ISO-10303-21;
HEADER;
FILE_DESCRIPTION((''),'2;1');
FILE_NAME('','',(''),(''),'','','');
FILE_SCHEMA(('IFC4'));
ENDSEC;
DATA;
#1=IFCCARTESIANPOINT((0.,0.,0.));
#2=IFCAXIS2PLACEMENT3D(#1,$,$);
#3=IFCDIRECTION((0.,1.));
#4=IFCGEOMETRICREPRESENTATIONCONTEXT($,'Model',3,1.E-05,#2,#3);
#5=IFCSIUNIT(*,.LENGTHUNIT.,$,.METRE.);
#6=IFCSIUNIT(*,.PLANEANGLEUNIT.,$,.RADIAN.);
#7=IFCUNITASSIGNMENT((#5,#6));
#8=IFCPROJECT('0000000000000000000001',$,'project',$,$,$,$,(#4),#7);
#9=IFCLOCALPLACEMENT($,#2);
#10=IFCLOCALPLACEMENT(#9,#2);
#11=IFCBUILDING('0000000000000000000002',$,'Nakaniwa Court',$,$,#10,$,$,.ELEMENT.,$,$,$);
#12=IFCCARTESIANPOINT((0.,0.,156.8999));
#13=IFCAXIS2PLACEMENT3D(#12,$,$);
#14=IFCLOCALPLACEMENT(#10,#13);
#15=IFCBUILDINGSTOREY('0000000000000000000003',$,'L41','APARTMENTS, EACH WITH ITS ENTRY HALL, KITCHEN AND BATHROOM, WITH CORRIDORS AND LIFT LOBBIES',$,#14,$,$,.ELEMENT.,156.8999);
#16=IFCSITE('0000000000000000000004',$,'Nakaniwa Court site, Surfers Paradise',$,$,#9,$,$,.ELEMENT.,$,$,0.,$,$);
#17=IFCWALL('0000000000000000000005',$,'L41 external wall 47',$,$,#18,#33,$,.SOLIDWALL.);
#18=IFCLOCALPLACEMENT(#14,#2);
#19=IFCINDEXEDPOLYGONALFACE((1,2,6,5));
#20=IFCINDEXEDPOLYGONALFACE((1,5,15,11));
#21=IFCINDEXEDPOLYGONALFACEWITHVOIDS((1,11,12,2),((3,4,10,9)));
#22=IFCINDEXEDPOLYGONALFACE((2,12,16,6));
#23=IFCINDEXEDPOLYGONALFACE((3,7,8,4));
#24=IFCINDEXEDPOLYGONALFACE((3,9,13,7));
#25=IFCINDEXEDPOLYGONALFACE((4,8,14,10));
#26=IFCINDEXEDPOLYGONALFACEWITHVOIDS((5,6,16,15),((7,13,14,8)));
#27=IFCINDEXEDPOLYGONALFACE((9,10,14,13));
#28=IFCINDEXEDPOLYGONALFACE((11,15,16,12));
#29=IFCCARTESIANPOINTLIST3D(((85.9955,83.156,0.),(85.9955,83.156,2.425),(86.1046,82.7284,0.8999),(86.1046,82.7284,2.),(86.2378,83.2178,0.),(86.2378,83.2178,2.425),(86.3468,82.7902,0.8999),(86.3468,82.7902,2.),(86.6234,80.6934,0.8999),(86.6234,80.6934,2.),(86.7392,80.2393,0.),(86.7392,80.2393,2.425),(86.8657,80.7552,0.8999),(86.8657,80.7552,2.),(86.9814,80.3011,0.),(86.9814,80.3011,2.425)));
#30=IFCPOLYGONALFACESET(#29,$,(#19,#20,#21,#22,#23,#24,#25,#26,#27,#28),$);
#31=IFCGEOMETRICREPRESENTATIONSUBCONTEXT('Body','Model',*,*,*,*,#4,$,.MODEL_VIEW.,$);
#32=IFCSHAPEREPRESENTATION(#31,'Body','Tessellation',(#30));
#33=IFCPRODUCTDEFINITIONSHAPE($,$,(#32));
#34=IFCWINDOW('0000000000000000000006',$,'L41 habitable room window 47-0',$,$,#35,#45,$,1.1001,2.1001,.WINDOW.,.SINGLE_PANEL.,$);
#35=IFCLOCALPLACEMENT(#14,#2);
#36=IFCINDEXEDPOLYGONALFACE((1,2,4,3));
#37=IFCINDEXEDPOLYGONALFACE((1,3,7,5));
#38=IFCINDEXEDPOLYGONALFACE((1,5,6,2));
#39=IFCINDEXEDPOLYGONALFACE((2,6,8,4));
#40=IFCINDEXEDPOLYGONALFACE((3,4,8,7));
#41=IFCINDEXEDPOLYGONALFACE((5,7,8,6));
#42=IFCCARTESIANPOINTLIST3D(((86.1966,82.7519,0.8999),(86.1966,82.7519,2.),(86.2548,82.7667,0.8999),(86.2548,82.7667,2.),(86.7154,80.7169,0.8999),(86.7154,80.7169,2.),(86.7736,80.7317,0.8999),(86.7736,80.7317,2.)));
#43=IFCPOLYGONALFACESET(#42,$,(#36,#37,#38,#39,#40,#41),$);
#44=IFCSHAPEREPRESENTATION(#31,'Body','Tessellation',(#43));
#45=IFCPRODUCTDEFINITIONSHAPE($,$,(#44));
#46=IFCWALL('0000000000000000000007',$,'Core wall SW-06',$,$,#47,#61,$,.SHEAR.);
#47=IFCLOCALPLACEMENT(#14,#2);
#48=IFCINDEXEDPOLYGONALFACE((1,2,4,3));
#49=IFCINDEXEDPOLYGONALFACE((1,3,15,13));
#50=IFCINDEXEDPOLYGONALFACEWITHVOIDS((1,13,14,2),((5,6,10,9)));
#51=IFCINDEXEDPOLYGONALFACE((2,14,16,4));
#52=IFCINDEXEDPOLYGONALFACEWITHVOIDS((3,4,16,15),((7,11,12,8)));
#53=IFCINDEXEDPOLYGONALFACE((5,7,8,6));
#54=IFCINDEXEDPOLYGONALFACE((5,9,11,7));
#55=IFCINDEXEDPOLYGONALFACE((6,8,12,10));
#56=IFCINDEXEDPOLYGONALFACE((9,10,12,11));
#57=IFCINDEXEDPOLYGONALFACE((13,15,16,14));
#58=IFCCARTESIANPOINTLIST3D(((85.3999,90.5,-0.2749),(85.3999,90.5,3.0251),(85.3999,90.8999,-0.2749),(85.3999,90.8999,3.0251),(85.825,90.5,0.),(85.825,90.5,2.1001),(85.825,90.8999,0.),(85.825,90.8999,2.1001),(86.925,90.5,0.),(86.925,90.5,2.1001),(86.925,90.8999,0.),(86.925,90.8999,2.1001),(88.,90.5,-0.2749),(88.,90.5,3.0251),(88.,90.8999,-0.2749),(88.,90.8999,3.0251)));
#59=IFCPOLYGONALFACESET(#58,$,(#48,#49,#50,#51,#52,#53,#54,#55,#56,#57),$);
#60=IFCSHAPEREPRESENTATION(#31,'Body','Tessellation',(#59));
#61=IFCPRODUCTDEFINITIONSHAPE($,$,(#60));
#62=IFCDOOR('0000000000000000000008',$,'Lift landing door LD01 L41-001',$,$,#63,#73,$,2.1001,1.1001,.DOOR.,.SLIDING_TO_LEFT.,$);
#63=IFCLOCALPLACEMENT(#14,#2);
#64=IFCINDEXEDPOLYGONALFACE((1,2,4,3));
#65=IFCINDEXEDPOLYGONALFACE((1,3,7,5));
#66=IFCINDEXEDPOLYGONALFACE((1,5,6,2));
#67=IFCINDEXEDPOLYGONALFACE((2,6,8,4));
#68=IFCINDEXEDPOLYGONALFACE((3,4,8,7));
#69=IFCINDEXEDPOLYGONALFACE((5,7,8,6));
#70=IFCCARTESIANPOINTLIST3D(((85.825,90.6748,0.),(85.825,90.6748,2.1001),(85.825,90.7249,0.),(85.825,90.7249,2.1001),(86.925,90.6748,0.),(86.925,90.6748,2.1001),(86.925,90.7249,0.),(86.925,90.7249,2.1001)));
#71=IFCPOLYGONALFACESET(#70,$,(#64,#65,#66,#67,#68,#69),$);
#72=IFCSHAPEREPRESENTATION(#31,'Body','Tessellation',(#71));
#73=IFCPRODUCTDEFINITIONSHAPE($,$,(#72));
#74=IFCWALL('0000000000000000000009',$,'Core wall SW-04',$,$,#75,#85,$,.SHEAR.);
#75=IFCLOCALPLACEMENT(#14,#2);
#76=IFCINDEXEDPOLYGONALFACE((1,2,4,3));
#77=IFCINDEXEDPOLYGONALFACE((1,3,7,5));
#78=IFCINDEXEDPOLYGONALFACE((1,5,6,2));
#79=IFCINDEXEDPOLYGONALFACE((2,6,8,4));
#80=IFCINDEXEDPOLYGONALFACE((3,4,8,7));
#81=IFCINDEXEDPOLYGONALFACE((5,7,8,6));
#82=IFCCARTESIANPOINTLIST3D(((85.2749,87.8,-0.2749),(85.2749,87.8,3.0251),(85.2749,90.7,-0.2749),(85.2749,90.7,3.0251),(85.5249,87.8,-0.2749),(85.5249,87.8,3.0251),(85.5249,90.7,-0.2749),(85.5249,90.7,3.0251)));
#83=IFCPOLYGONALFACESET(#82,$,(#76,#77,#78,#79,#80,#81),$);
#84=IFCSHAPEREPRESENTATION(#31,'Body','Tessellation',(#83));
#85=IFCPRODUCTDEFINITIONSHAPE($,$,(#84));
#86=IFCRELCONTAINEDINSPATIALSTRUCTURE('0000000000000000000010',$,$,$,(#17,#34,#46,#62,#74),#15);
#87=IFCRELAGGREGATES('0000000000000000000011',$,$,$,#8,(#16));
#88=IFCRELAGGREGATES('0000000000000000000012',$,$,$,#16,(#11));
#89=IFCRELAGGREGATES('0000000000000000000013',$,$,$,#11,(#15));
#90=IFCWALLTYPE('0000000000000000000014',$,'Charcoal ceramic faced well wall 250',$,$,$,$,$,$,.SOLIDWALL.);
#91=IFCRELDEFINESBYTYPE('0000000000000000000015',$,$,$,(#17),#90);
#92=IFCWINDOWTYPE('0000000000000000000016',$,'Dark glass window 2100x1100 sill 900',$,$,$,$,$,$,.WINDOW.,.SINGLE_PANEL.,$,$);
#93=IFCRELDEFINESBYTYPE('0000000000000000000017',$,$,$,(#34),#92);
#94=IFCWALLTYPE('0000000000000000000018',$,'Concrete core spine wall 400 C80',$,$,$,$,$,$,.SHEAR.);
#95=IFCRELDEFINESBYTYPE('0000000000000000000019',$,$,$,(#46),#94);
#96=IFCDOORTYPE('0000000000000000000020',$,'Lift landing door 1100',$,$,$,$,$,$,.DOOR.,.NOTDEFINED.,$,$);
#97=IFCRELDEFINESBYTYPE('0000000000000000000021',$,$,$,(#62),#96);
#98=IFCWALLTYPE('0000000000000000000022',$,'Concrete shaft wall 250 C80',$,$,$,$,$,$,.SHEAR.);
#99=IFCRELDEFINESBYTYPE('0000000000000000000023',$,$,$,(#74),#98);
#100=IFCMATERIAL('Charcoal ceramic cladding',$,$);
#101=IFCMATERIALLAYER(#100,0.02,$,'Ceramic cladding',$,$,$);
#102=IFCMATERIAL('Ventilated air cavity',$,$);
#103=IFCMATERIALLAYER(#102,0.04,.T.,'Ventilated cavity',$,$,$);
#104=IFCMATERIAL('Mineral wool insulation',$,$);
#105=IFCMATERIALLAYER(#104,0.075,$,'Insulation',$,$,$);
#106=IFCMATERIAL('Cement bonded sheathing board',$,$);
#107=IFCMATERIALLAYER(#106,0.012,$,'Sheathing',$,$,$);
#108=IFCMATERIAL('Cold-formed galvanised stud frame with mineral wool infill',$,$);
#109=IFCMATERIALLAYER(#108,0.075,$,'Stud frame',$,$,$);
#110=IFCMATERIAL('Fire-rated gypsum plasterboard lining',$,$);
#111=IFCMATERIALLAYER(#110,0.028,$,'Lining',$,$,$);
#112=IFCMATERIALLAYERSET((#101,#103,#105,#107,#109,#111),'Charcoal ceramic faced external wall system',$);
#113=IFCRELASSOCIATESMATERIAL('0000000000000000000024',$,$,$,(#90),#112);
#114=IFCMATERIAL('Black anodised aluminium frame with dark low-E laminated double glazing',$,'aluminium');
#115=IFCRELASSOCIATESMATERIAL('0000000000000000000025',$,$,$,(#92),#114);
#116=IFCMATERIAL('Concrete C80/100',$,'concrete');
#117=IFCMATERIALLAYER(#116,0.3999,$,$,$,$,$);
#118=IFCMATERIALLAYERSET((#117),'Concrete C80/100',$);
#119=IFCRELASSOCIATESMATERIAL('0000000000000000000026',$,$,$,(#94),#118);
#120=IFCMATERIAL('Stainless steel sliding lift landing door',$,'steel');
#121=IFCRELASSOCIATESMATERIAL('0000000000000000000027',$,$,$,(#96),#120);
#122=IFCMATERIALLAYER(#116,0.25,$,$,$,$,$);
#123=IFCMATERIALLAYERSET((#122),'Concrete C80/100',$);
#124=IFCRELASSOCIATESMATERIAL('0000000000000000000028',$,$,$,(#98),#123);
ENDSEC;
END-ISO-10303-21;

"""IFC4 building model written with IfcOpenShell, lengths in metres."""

from ifc_helpers import new_model, si_unit, direction, frame, frame_2d, origin, place, context, subcontext, project, spatial, rectangle, extrude, material, layer, layer_set, type_object, element, fill, save


model = new_model("IFC4")

# Units and contexts
model_context = context("Model", 3, precision=1e-05, world=origin(), true_north=direction((0.0, 1.0)))
body_context = subcontext(model_context, "Body", "Model", "MODEL_VIEW")
ifc_project = project(units=[si_unit("LENGTHUNIT", "METRE"), si_unit("PLANEANGLEUNIT", "RADIAN")], contexts=[model_context])

# Site, building, storey
site_placement = place(None, origin())
site = spatial("IfcSite", under=ifc_project, at=site_placement, Name="Nakaniwa Court site, Surfers Paradise", CompositionType="ELEMENT", RefElevation=0.0)
building_placement = place(site_placement, origin())
building = spatial("IfcBuilding", under=site, at=building_placement, Name="Nakaniwa Court", CompositionType="ELEMENT")
storey_placement = place(building_placement, frame((0.0, 0.0, 156.8999)))
storey = spatial("IfcBuildingStorey", under=building, at=storey_placement, Name="L41", Description="APARTMENTS, EACH WITH ITS ENTRY HALL, KITCHEN AND BATHROOM, WITH CORRIDORS AND LIFT LOBBIES", CompositionType="ELEMENT", Elevation=156.8999)

# Shared definitions
ifc_material_1 = material(Name="Concrete C80/100", Category="concrete")

# Wall, opening, window
ifc_material_2 = material(Name="Charcoal ceramic cladding")
ifc_layer_1 = layer(ifc_material_2, 0.02, Name="Ceramic cladding")
ifc_material_3 = material(Name="Ventilated air cavity")
ifc_layer_2 = layer(ifc_material_3, 0.04, ventilated=True, Name="Ventilated cavity")
ifc_material_4 = material(Name="Mineral wool insulation")
ifc_layer_3 = layer(ifc_material_4, 0.075, Name="Insulation")
ifc_material_5 = material(Name="Cement bonded sheathing board")
ifc_layer_4 = layer(ifc_material_5, 0.012, Name="Sheathing")
ifc_material_6 = material(Name="Cold-formed galvanised stud frame with mineral wool infill")
ifc_layer_5 = layer(ifc_material_6, 0.075, Name="Stud frame")
ifc_material_7 = material(Name="Fire-rated gypsum plasterboard lining")
ifc_layer_6 = layer(ifc_material_7, 0.028, Name="Lining")
ifc_layer_set_1 = layer_set([ifc_layer_1, ifc_layer_2, ifc_layer_3, ifc_layer_4, ifc_layer_5, ifc_layer_6], Name="Charcoal ceramic faced external wall system")
wall_type_1 = type_object("IfcWallType", Name="Charcoal ceramic faced well wall 250", PredefinedType="SOLIDWALL", material=ifc_layer_set_1)
ifc_material_8 = material(Name="Black anodised aluminium frame with dark low-E laminated double glazing", Category="aluminium")
window_type = type_object("IfcWindowType", Name="Dark glass window 2100x1100 sill 900", PartitioningType="SINGLE_PANEL", PredefinedType="WINDOW", material=ifc_material_8)
wall_1_placement = place(storey_placement, frame((86.1167, 83.1868, 0.0), z_axis=(0.0, 0.0, 1.0), x_axis=(0.247056, -0.969001, 0.0)))
wall_1 = element("IfcWall", 1, at=wall_1_placement, inside=storey, type_object=wall_type_1, Name="L41 external wall 47", PredefinedType="SOLIDWALL", context=body_context, shape_type="SweptSolid", body=[
    extrude(rectangle(XDim=3.01, YDim=0.25, at=frame_2d((1.5049, 0.0))), origin(), (0.0, 0.0, 1.0), 2.425),
])
opening_1_placement = place(wall_1_placement, frame((0.4412, 0.0, 0.8999)))
opening_1 = element("IfcOpeningElement", 2, at=opening_1_placement, cuts=wall_1, PredefinedType="OPENING", context=body_context, shape_type="SweptSolid", body=[
    extrude(rectangle(XDim=2.1001, YDim=1.1001, at=frame_2d((1.05, 0.55))), frame((0.0, 0.135, 0.0), z_axis=(0.0, -1.0, 0.0), x_axis=(1.0, 0.0, 0.0)), (0.0, 0.0, 1.0), 0.27),
])
window_1_placement = place(opening_1_placement, origin())
window_1 = element("IfcWindow", 3, at=window_1_placement, inside=storey, type_object=window_type, Name="L41 habitable room window 47-0", OverallHeight=1.1001, OverallWidth=2.1001, PartitioningType="SINGLE_PANEL", PredefinedType="WINDOW", context=body_context, shape_type="SweptSolid", body=[
    extrude(rectangle(XDim=2.1001, YDim=1.1001, at=frame_2d((1.05, 0.55))), frame((0.0, 0.03, 0.0), z_axis=(0.0, -1.0, 0.0), x_axis=(1.0, 0.0, 0.0)), (0.0, 0.0, 1.0), 0.0601),
])
fill(opening_1, window_1)

# Wall, opening, door
ifc_layer_7 = layer(ifc_material_1, 0.3999)
ifc_layer_set_2 = layer_set([ifc_layer_7], Name="Concrete C80/100")
wall_type_2 = type_object("IfcWallType", Name="Concrete core spine wall 400 C80", PredefinedType="SHEAR", material=ifc_layer_set_2)
wall_2_placement = place(storey_placement, frame((85.3999, 90.7, -0.2749), z_axis=(0.0, 0.0, 1.0), x_axis=(1.0, 0.0, 0.0)))
wall_2 = element("IfcWall", 4, at=wall_2_placement, inside=storey, type_object=wall_type_2, Name="Core wall SW-06", PredefinedType="SHEAR", context=body_context, shape_type="SweptSolid", body=[
    extrude(rectangle(XDim=2.6001, YDim=0.3999, at=frame_2d((1.3, 0.0))), origin(), (0.0, 0.0, 1.0), 3.3),
])
opening_2_placement = place(wall_2_placement, frame((0.425, 0.0, 0.2749)))
opening_2 = element("IfcOpeningElement", 5, at=opening_2_placement, cuts=wall_2, PredefinedType="OPENING", context=body_context, shape_type="SweptSolid", body=[
    extrude(rectangle(XDim=1.1001, YDim=2.1001, at=frame_2d((0.55, 1.05))), frame((0.0, 0.21, 0.0), z_axis=(0.0, -1.0, 0.0), x_axis=(1.0, 0.0, 0.0)), (0.0, 0.0, 1.0), 0.4199),
])
ifc_material_9 = material(Name="Stainless steel sliding lift landing door", Category="steel")
door_type_1 = type_object("IfcDoorType", Name="Lift landing door 1100", OperationType="NOTDEFINED", PredefinedType="DOOR", material=ifc_material_9)
door_1_placement = place(opening_2_placement, origin())
door_1 = element("IfcDoor", 6, at=door_1_placement, inside=storey, type_object=door_type_1, Name="Lift landing door LD01 L41-001", OperationType="SLIDING_TO_LEFT", OverallHeight=2.1001, OverallWidth=1.1001, PredefinedType="DOOR", context=body_context, shape_type="SweptSolid", body=[
    extrude(rectangle(XDim=1.1001, YDim=2.1001, at=frame_2d((0.55, 1.05))), frame((0.0, 0.0249, 0.0), z_axis=(0.0, -1.0, 0.0), x_axis=(1.0, 0.0, 0.0)), (0.0, 0.0, 1.0), 0.05),
])
fill(opening_2, door_1)

# Wall
ifc_layer_8 = layer(ifc_material_1, 0.25)
ifc_layer_set_3 = layer_set([ifc_layer_8], Name="Concrete C80/100")
wall_type_3 = type_object("IfcWallType", Name="Concrete shaft wall 250 C80", PredefinedType="SHEAR", material=ifc_layer_set_3)
wall_3_placement = place(storey_placement, frame((85.3999, 87.8, -0.2749), z_axis=(0.0, 0.0, 1.0), x_axis=(0.0, 1.0, 0.0)))
element("IfcWall", 7, at=wall_3_placement, inside=storey, type_object=wall_type_3, Name="Core wall SW-04", PredefinedType="SHEAR", context=body_context, shape_type="SweptSolid", body=[
    extrude(rectangle(XDim=2.8999, YDim=0.25, at=frame_2d((1.45, 0.0))), origin(), (0.0, 0.0, 1.0), 3.3),
])

save(model, "model.ifc")
